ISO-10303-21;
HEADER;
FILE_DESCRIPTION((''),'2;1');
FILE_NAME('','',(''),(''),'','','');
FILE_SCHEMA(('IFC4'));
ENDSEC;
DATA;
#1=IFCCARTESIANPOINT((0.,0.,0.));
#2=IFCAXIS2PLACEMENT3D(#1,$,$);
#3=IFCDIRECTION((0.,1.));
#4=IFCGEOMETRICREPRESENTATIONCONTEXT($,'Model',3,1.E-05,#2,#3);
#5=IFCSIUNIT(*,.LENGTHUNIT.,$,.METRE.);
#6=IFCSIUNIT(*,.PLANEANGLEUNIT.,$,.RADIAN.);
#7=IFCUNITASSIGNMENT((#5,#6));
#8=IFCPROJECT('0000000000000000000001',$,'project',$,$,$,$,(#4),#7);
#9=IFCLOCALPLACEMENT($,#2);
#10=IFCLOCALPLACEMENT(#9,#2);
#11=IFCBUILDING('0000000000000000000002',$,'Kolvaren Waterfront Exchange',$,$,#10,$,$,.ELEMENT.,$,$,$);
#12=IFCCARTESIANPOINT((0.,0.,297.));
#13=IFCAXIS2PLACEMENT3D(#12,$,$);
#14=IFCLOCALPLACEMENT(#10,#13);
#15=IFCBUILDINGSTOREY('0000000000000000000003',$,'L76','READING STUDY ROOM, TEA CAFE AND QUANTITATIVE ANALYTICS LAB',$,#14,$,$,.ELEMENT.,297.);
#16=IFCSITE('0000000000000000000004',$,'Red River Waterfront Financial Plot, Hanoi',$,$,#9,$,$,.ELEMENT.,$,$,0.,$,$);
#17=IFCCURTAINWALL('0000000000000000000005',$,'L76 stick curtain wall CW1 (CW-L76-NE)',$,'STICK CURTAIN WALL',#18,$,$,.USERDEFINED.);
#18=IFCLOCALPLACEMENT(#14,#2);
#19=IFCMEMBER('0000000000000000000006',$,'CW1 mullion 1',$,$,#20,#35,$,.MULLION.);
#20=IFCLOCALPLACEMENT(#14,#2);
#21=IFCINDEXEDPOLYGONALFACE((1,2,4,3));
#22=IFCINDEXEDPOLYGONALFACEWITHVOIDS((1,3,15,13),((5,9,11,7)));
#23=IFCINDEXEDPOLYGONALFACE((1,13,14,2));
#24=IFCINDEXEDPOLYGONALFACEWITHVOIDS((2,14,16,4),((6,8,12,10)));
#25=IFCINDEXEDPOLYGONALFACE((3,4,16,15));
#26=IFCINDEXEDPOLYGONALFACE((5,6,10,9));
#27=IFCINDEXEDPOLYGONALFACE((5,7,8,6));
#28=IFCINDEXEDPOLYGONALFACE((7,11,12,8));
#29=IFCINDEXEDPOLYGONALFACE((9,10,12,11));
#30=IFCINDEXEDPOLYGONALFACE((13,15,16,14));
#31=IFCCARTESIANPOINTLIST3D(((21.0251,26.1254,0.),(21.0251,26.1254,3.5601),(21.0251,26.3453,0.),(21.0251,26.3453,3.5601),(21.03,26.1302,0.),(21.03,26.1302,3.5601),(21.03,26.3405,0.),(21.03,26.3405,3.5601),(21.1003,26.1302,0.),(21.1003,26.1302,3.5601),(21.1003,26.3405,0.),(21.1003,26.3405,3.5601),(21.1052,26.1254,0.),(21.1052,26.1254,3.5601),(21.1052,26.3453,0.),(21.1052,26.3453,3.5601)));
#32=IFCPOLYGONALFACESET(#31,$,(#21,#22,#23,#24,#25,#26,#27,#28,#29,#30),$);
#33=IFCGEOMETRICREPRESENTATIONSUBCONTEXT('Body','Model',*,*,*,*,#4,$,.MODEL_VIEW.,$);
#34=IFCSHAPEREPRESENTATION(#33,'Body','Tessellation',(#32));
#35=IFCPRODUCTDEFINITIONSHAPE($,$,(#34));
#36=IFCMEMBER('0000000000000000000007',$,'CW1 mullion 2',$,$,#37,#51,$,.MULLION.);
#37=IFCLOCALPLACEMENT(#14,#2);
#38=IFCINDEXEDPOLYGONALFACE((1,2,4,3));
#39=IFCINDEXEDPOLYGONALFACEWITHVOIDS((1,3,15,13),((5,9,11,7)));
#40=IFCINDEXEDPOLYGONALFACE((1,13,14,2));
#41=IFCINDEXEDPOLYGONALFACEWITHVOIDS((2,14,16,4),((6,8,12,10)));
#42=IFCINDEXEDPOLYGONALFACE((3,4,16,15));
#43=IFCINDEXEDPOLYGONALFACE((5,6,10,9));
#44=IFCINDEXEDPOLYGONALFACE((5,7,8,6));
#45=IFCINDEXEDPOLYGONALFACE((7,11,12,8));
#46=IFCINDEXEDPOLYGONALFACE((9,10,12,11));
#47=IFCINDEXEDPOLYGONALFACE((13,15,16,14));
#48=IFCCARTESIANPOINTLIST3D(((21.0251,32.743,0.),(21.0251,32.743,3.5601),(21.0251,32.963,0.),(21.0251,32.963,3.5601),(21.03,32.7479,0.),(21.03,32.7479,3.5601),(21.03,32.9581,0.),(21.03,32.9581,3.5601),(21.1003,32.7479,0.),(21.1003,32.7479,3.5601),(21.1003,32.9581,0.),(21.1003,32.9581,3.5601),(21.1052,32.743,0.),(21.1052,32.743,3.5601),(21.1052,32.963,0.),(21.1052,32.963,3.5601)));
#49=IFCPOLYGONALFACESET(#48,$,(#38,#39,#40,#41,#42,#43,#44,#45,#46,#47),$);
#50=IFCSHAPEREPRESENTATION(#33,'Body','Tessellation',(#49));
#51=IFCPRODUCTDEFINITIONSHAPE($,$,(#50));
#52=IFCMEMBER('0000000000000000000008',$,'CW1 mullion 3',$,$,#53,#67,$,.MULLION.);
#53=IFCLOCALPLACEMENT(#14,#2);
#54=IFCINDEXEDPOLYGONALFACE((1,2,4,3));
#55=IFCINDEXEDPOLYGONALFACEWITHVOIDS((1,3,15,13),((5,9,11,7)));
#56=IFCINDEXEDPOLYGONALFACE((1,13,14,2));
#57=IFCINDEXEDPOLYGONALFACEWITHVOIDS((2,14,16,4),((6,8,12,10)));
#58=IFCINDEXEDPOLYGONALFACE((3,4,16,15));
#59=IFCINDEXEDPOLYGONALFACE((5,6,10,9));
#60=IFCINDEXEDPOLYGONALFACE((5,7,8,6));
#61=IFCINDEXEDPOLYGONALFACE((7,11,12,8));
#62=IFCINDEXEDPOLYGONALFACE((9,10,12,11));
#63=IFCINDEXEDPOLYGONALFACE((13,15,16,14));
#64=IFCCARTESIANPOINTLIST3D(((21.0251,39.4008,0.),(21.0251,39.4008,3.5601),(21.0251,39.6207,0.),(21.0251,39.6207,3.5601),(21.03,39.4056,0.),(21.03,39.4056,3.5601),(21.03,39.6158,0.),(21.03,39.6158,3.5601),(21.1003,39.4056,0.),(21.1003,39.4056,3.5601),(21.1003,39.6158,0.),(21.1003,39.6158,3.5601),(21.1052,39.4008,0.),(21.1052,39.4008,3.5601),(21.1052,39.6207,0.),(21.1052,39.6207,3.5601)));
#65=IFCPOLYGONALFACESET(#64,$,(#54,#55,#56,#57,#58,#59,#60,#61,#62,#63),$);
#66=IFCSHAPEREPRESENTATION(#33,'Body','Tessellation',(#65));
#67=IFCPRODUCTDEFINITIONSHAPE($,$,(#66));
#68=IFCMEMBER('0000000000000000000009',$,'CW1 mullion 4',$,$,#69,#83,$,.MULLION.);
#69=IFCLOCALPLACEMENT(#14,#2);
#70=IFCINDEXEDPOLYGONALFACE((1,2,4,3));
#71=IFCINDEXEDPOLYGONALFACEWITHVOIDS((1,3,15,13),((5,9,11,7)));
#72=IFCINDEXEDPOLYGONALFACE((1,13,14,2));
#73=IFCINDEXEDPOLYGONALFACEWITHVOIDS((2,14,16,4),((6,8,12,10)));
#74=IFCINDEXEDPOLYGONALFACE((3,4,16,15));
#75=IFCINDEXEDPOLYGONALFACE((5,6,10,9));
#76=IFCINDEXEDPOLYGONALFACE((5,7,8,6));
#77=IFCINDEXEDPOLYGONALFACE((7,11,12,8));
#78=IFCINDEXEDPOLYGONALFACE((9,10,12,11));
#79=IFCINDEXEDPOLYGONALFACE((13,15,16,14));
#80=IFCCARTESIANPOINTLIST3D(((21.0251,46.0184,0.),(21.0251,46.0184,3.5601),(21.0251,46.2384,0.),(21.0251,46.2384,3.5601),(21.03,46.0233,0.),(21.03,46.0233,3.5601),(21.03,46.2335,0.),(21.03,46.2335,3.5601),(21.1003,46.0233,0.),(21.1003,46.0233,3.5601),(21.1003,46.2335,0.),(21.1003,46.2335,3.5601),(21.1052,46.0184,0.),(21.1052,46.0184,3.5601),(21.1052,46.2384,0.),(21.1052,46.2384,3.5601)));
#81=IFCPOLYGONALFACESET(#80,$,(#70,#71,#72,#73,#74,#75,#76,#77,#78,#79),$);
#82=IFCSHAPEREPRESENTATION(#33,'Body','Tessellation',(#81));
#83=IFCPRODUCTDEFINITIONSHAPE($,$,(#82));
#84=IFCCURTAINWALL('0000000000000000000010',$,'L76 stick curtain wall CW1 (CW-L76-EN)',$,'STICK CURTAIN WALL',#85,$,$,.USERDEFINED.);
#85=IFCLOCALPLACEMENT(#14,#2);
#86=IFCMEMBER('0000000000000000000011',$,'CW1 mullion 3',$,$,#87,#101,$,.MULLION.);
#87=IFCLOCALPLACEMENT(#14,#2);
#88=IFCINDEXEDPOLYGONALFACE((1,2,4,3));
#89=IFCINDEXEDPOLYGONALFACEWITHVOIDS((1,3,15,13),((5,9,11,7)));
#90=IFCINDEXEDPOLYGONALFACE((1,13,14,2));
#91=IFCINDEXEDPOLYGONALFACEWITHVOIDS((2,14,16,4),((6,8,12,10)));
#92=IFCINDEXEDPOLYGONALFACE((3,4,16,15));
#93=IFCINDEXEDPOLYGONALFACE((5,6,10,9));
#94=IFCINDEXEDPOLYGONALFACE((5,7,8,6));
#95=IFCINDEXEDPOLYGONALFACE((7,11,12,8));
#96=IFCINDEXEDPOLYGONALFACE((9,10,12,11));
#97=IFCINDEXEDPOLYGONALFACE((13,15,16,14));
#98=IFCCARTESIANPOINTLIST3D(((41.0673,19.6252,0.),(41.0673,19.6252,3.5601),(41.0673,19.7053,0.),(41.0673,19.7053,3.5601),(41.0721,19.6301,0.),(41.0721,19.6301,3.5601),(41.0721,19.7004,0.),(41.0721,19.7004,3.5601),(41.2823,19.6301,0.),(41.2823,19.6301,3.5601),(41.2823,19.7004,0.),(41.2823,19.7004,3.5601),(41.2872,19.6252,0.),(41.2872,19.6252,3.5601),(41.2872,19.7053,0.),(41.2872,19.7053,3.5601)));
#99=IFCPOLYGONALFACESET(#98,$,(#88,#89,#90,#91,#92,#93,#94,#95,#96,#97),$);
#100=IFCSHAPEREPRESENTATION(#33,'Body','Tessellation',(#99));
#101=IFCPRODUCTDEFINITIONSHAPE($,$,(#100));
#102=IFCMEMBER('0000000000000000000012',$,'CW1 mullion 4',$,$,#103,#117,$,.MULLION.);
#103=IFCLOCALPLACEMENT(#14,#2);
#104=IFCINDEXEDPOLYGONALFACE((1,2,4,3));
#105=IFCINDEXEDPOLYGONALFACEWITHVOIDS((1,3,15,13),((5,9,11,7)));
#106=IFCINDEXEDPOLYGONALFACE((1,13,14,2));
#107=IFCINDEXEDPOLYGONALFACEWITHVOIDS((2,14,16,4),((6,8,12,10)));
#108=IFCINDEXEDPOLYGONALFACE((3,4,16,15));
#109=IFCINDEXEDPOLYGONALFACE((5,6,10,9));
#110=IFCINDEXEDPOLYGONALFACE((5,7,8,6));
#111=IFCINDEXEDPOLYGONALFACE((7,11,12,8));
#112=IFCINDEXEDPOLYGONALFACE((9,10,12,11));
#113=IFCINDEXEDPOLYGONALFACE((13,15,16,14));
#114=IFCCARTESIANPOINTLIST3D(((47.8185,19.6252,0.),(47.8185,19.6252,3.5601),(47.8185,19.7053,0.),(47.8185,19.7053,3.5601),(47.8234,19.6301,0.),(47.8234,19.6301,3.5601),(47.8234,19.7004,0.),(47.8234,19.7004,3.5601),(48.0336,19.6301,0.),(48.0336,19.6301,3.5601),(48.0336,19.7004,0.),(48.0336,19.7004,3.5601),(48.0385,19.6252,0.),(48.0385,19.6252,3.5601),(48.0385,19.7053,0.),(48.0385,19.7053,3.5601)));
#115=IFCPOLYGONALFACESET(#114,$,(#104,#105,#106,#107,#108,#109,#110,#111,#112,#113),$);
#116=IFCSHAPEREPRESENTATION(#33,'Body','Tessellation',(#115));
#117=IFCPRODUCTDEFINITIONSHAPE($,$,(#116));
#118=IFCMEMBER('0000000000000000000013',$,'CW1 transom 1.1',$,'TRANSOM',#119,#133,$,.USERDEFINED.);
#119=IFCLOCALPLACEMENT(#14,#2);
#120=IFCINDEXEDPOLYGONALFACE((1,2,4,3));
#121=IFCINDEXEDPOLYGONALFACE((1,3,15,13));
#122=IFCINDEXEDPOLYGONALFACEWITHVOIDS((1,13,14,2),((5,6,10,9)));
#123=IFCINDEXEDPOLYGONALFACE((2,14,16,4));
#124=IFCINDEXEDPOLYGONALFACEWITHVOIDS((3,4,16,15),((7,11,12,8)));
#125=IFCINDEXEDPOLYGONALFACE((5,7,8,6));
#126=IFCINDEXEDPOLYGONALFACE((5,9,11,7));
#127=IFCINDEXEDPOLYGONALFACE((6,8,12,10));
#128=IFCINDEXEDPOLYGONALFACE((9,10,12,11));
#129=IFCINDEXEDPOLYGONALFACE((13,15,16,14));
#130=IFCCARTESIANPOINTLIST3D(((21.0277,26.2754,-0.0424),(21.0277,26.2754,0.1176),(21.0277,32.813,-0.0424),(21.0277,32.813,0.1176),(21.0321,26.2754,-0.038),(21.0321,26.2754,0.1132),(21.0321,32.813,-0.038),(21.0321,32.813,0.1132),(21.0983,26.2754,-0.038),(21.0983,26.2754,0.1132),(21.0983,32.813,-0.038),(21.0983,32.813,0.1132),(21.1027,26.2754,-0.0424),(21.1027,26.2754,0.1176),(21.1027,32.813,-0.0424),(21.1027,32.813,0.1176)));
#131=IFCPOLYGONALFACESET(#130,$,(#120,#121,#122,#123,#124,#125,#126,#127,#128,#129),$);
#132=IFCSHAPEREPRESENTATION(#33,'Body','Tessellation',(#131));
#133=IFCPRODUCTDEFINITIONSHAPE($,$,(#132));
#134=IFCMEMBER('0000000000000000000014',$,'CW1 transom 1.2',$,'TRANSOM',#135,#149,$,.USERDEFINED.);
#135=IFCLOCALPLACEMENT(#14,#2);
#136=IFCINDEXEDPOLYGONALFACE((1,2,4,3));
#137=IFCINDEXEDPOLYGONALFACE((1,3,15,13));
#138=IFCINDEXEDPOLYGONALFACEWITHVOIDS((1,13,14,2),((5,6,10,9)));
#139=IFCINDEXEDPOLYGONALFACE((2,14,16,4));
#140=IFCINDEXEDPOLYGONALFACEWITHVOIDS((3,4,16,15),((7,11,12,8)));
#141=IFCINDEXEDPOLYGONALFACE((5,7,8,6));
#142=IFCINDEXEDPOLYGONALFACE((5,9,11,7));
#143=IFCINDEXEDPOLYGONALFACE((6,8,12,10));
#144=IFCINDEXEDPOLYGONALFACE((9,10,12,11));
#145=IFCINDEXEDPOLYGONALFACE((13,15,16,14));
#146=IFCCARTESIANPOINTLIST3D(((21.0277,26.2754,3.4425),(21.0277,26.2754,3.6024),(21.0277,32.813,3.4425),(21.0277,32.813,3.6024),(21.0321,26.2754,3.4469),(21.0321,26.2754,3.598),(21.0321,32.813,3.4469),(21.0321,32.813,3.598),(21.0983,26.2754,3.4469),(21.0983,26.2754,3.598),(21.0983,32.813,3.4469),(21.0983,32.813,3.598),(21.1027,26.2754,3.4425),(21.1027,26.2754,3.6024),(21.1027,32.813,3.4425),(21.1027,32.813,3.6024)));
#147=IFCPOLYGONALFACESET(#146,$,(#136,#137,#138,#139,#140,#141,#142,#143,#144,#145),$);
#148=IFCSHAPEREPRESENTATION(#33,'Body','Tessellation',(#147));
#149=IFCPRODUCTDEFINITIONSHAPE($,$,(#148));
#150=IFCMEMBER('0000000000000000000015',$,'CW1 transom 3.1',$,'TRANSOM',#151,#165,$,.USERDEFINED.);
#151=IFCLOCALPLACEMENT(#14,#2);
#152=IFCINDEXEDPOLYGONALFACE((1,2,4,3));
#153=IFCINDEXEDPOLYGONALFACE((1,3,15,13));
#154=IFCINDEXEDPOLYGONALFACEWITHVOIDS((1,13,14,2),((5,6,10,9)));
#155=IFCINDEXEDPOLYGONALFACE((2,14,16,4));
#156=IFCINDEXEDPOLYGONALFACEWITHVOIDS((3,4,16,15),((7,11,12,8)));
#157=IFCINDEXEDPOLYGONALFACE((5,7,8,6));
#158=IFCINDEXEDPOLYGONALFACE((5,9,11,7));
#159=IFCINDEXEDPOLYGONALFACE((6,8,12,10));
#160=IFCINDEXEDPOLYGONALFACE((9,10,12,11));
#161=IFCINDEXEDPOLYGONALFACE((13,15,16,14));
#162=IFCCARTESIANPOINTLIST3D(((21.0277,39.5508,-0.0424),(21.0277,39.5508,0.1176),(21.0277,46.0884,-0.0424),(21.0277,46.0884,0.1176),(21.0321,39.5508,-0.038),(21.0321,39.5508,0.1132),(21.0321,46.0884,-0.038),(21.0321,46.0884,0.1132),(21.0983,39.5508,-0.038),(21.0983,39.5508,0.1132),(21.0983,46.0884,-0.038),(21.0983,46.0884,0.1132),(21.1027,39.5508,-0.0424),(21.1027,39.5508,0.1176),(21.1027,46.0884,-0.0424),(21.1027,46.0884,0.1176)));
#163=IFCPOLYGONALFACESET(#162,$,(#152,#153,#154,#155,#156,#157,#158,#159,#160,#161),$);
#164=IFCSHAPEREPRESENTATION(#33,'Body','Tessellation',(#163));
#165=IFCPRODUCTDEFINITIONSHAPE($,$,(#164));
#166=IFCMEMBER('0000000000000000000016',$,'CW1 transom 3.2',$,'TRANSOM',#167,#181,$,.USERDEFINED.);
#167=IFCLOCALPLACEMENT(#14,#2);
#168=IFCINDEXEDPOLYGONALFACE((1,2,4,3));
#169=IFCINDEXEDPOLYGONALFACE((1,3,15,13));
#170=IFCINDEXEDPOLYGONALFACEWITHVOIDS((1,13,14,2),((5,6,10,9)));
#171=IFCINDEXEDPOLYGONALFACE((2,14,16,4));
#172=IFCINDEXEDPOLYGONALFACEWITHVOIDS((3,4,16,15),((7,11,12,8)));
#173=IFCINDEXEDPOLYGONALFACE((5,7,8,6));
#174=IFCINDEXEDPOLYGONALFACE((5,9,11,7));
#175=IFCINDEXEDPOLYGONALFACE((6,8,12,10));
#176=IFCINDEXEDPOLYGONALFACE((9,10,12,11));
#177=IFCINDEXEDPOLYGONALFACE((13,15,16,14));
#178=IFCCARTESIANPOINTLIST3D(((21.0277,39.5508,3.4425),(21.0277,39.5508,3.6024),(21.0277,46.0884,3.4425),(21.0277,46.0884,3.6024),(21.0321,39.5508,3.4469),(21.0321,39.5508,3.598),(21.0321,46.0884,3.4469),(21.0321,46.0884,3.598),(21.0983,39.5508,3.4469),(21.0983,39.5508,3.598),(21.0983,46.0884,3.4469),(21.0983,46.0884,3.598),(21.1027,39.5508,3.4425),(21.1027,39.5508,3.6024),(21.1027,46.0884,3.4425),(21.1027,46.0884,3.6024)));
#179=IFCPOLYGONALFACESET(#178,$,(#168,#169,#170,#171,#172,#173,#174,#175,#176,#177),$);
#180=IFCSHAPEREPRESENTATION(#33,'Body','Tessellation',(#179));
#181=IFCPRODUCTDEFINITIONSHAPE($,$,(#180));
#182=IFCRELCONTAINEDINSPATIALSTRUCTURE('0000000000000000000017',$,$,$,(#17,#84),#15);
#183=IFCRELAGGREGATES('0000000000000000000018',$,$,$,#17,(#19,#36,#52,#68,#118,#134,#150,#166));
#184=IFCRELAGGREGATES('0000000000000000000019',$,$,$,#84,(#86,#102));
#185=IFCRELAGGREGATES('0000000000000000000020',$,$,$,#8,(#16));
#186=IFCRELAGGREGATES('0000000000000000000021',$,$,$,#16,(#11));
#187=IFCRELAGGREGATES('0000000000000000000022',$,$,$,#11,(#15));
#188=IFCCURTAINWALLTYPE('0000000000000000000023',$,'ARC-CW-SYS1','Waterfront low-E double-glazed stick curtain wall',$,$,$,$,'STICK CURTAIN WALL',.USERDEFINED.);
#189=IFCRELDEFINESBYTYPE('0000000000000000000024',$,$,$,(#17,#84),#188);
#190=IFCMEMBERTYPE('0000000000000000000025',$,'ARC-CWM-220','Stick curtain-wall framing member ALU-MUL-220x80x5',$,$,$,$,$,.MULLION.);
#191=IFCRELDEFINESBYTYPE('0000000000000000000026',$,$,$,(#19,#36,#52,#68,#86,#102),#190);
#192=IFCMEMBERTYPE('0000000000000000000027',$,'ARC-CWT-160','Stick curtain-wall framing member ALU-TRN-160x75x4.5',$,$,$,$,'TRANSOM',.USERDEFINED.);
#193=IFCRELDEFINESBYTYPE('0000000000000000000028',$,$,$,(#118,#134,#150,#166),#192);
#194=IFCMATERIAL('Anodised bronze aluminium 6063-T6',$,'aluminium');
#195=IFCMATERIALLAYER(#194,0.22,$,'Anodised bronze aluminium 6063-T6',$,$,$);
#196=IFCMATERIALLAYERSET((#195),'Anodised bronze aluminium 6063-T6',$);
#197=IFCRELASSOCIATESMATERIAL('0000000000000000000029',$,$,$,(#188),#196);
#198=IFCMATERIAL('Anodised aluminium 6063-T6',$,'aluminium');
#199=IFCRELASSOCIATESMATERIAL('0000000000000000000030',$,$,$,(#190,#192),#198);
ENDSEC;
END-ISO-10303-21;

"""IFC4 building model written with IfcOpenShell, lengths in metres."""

from ifc_helpers import new_model, si_unit, direction, frame, origin, origin_with_axes, origin_2d, place, context, subcontext, project, spatial, hollow_rectangle, extrude, source, transform, mapped, material, layer, layer_set, material_profile, profile_set, type_object, element, aggregate, save


model = new_model("IFC4")

# Units and contexts
model_context = context("Model", 3, precision=1e-05, world=origin(), true_north=direction((0.0, 1.0)))
body_context = subcontext(model_context, "Body", "Model", "MODEL_VIEW")
ifc_project = project(units=[si_unit("LENGTHUNIT", "METRE"), si_unit("PLANEANGLEUNIT", "RADIAN")], contexts=[model_context])

# Site, building, storey
site_placement = place(None, origin())
site = spatial("IfcSite", under=ifc_project, at=site_placement, Name="Red River Waterfront Financial Plot, Hanoi", CompositionType="ELEMENT", RefElevation=0.0)
building_placement = place(site_placement, origin())
building = spatial("IfcBuilding", under=site, at=building_placement, Name="Kolvaren Waterfront Exchange", CompositionType="ELEMENT")
storey_placement = place(building_placement, frame((0.0, 0.0, 297.0)))
storey = spatial("IfcBuildingStorey", under=building, at=storey_placement, Name="L76", Description="READING STUDY ROOM, TEA CAFE AND QUANTITATIVE ANALYTICS LAB", CompositionType="ELEMENT", Elevation=297.0)

# Curtain walls, members
ifc_material_1 = material(Name="Anodised bronze aluminium 6063-T6", Category="aluminium")
ifc_layer_1 = layer(ifc_material_1, 0.22, Name="Anodised bronze aluminium 6063-T6")
ifc_layer_set_1 = layer_set([ifc_layer_1], Name="Anodised bronze aluminium 6063-T6")
curtain_wall_type = type_object("IfcCurtainWallType", Name="ARC-CW-SYS1", Description="Waterfront low-E double-glazed stick curtain wall", ElementType="STICK CURTAIN WALL", PredefinedType="USERDEFINED", material=ifc_layer_set_1)
curtain_wall_1_placement = place(storey_placement, origin())
curtain_wall_1 = element("IfcCurtainWall", 1, at=curtain_wall_1_placement, inside=storey, type_object=curtain_wall_type, Name="L76 stick curtain wall CW1 (CW-L76-NE)", ObjectType="STICK CURTAIN WALL", PredefinedType="USERDEFINED")
ifc_material_2 = material(Name="Anodised aluminium 6063-T6", Category="aluminium")
ifc_material_profile_1 = material_profile(ifc_material_2, hollow_rectangle(XDim=0.0801, YDim=0.22, WallThickness=0.0049, at=origin_2d()), Name="ALU-MUL-220x80x5")
ifc_profile_set_1 = profile_set([ifc_material_profile_1], Name="Anodised aluminium 6063-T6")
member_type_1 = type_object("IfcMemberType", Name="ARC-CWM-220", Description="Stick curtain-wall framing member ALU-MUL-220x80x5", PredefinedType="MULLION", material=ifc_profile_set_1)
shared_shape_1 = source(origin_with_axes(), body_context, "Body", "SweptSolid", [
    extrude(hollow_rectangle(XDim=0.0801, YDim=0.22, WallThickness=0.0049, at=origin_2d()), origin(), (0.0, 0.0, 1.0), 3.5601),
])
member_1_placement = place(storey_placement, frame((21.0652, 26.2354, 0.0), z_axis=(0.0, 0.0, 1.0), x_axis=(-1.0, 0.0, 0.0)))
member_1 = element("IfcMember", 2, at=member_1_placement, type_object=member_type_1, Name="CW1 mullion 1", PredefinedType="MULLION", context=body_context, shape_type="MappedRepresentation", body=[
    mapped(shared_shape_1, transform((0.0, 0.0, 0.0), x_axis=(1.0, 0.0, 0.0), y_axis=(0.0, 1.0, 0.0), z_axis=(0.0, 0.0, 1.0), scale=1.0)),
])
member_2_placement = place(storey_placement, frame((21.0652, 32.853, 0.0), z_axis=(0.0, 0.0, 1.0), x_axis=(-1.0, 0.0, 0.0)))
member_2 = element("IfcMember", 3, at=member_2_placement, type_object=member_type_1, Name="CW1 mullion 2", PredefinedType="MULLION", context=body_context, shape_type="MappedRepresentation", body=[
    mapped(shared_shape_1, transform((0.0, 0.0, 0.0), x_axis=(1.0, 0.0, 0.0), y_axis=(0.0, 1.0, 0.0), z_axis=(0.0, 0.0, 1.0), scale=1.0)),
])
member_3_placement = place(storey_placement, frame((21.0652, 39.5107, 0.0), z_axis=(0.0, 0.0, 1.0), x_axis=(-1.0, 0.0, 0.0)))
member_3 = element("IfcMember", 4, at=member_3_placement, type_object=member_type_1, Name="CW1 mullion 3", PredefinedType="MULLION", context=body_context, shape_type="MappedRepresentation", body=[
    mapped(shared_shape_1, transform((0.0, 0.0, 0.0), x_axis=(1.0, 0.0, 0.0), y_axis=(0.0, 1.0, 0.0), z_axis=(0.0, 0.0, 1.0), scale=1.0)),
])
member_4_placement = place(storey_placement, frame((21.0652, 46.1284, 0.0), z_axis=(0.0, 0.0, 1.0), x_axis=(-1.0, 0.0, 0.0)))
member_4 = element("IfcMember", 5, at=member_4_placement, type_object=member_type_1, Name="CW1 mullion 4", PredefinedType="MULLION", context=body_context, shape_type="MappedRepresentation", body=[
    mapped(shared_shape_1, transform((0.0, 0.0, 0.0), x_axis=(1.0, 0.0, 0.0), y_axis=(0.0, 1.0, 0.0), z_axis=(0.0, 0.0, 1.0), scale=1.0)),
])
curtain_wall_2_placement = place(storey_placement, origin())
curtain_wall_2 = element("IfcCurtainWall", 6, at=curtain_wall_2_placement, inside=storey, type_object=curtain_wall_type, Name="L76 stick curtain wall CW1 (CW-L76-EN)", ObjectType="STICK CURTAIN WALL", PredefinedType="USERDEFINED")
member_5_placement = place(storey_placement, frame((41.1772, 19.6653, 0.0), z_axis=(0.0, 0.0, 1.0), x_axis=(0.0, 1.0, 0.0)))
member_5 = element("IfcMember", 7, at=member_5_placement, type_object=member_type_1, Name="CW1 mullion 3", PredefinedType="MULLION", context=body_context, shape_type="MappedRepresentation", body=[
    mapped(shared_shape_1, transform((0.0, 0.0, 0.0), x_axis=(1.0, 0.0, 0.0), y_axis=(0.0, 1.0, 0.0), z_axis=(0.0, 0.0, 1.0), scale=1.0)),
])
member_6_placement = place(storey_placement, frame((47.9285, 19.6653, 0.0), z_axis=(0.0, 0.0, 1.0), x_axis=(0.0, 1.0, 0.0)))
member_6 = element("IfcMember", 8, at=member_6_placement, type_object=member_type_1, Name="CW1 mullion 4", PredefinedType="MULLION", context=body_context, shape_type="MappedRepresentation", body=[
    mapped(shared_shape_1, transform((0.0, 0.0, 0.0), x_axis=(1.0, 0.0, 0.0), y_axis=(0.0, 1.0, 0.0), z_axis=(0.0, 0.0, 1.0), scale=1.0)),
])

# Members
ifc_material_profile_2 = material_profile(ifc_material_2, hollow_rectangle(XDim=0.075, YDim=0.1599, WallThickness=0.0044, at=origin_2d()), Name="ALU-TRN-160x75x4.5")
ifc_profile_set_2 = profile_set([ifc_material_profile_2], Name="Anodised aluminium 6063-T6")
member_type_2 = type_object("IfcMemberType", Name="ARC-CWT-160", Description="Stick curtain-wall framing member ALU-TRN-160x75x4.5", ElementType="TRANSOM", PredefinedType="USERDEFINED", material=ifc_profile_set_2)
shared_shape_2 = source(origin_with_axes(), body_context, "Body", "SweptSolid", [
    extrude(hollow_rectangle(XDim=0.075, YDim=0.1599, WallThickness=0.0044, at=origin_2d()), origin(), (0.0, 0.0, 1.0), 6.5376),
])
member_7_placement = place(storey_placement, frame((21.0652, 26.2754, 0.0376), z_axis=(0.0, 1.0, 0.0), x_axis=(-1.0, 0.0, 0.0)))
member_7 = element("IfcMember", 9, at=member_7_placement, type_object=member_type_2, Name="CW1 transom 1.1", ObjectType="TRANSOM", PredefinedType="USERDEFINED", context=body_context, shape_type="MappedRepresentation", body=[
    mapped(shared_shape_2, transform((0.0, 0.0, 0.0), x_axis=(1.0, 0.0, 0.0), y_axis=(0.0, 1.0, 0.0), z_axis=(0.0, 0.0, 1.0), scale=1.0)),
])
member_8_placement = place(storey_placement, frame((21.0652, 26.2754, 3.5225), z_axis=(0.0, 1.0, 0.0), x_axis=(-1.0, 0.0, 0.0)))
member_8 = element("IfcMember", 10, at=member_8_placement, type_object=member_type_2, Name="CW1 transom 1.2", ObjectType="TRANSOM", PredefinedType="USERDEFINED", context=body_context, shape_type="MappedRepresentation", body=[
    mapped(shared_shape_2, transform((0.0, 0.0, 0.0), x_axis=(1.0, 0.0, 0.0), y_axis=(0.0, 1.0, 0.0), z_axis=(0.0, 0.0, 1.0), scale=1.0)),
])
member_9_placement = place(storey_placement, frame((21.0652, 39.5508, 0.0376), z_axis=(0.0, 1.0, 0.0), x_axis=(-1.0, 0.0, 0.0)))
member_9 = element("IfcMember", 11, at=member_9_placement, type_object=member_type_2, Name="CW1 transom 3.1", ObjectType="TRANSOM", PredefinedType="USERDEFINED", context=body_context, shape_type="MappedRepresentation", body=[
    mapped(shared_shape_2, transform((0.0, 0.0, 0.0), x_axis=(1.0, 0.0, 0.0), y_axis=(0.0, 1.0, 0.0), z_axis=(0.0, 0.0, 1.0), scale=1.0)),
])
member_10_placement = place(storey_placement, frame((21.0652, 39.5508, 3.5225), z_axis=(0.0, 1.0, 0.0), x_axis=(-1.0, 0.0, 0.0)))
member_10 = element("IfcMember", 12, at=member_10_placement, type_object=member_type_2, Name="CW1 transom 3.2", ObjectType="TRANSOM", PredefinedType="USERDEFINED", context=body_context, shape_type="MappedRepresentation", body=[
    mapped(shared_shape_2, transform((0.0, 0.0, 0.0), x_axis=(1.0, 0.0, 0.0), y_axis=(0.0, 1.0, 0.0), z_axis=(0.0, 0.0, 1.0), scale=1.0)),
])

aggregate(curtain_wall_1, [member_1, member_2, member_3, member_4, member_7, member_8, member_9, member_10])
aggregate(curtain_wall_2, [member_5, member_6])

save(model, "model.ifc")
